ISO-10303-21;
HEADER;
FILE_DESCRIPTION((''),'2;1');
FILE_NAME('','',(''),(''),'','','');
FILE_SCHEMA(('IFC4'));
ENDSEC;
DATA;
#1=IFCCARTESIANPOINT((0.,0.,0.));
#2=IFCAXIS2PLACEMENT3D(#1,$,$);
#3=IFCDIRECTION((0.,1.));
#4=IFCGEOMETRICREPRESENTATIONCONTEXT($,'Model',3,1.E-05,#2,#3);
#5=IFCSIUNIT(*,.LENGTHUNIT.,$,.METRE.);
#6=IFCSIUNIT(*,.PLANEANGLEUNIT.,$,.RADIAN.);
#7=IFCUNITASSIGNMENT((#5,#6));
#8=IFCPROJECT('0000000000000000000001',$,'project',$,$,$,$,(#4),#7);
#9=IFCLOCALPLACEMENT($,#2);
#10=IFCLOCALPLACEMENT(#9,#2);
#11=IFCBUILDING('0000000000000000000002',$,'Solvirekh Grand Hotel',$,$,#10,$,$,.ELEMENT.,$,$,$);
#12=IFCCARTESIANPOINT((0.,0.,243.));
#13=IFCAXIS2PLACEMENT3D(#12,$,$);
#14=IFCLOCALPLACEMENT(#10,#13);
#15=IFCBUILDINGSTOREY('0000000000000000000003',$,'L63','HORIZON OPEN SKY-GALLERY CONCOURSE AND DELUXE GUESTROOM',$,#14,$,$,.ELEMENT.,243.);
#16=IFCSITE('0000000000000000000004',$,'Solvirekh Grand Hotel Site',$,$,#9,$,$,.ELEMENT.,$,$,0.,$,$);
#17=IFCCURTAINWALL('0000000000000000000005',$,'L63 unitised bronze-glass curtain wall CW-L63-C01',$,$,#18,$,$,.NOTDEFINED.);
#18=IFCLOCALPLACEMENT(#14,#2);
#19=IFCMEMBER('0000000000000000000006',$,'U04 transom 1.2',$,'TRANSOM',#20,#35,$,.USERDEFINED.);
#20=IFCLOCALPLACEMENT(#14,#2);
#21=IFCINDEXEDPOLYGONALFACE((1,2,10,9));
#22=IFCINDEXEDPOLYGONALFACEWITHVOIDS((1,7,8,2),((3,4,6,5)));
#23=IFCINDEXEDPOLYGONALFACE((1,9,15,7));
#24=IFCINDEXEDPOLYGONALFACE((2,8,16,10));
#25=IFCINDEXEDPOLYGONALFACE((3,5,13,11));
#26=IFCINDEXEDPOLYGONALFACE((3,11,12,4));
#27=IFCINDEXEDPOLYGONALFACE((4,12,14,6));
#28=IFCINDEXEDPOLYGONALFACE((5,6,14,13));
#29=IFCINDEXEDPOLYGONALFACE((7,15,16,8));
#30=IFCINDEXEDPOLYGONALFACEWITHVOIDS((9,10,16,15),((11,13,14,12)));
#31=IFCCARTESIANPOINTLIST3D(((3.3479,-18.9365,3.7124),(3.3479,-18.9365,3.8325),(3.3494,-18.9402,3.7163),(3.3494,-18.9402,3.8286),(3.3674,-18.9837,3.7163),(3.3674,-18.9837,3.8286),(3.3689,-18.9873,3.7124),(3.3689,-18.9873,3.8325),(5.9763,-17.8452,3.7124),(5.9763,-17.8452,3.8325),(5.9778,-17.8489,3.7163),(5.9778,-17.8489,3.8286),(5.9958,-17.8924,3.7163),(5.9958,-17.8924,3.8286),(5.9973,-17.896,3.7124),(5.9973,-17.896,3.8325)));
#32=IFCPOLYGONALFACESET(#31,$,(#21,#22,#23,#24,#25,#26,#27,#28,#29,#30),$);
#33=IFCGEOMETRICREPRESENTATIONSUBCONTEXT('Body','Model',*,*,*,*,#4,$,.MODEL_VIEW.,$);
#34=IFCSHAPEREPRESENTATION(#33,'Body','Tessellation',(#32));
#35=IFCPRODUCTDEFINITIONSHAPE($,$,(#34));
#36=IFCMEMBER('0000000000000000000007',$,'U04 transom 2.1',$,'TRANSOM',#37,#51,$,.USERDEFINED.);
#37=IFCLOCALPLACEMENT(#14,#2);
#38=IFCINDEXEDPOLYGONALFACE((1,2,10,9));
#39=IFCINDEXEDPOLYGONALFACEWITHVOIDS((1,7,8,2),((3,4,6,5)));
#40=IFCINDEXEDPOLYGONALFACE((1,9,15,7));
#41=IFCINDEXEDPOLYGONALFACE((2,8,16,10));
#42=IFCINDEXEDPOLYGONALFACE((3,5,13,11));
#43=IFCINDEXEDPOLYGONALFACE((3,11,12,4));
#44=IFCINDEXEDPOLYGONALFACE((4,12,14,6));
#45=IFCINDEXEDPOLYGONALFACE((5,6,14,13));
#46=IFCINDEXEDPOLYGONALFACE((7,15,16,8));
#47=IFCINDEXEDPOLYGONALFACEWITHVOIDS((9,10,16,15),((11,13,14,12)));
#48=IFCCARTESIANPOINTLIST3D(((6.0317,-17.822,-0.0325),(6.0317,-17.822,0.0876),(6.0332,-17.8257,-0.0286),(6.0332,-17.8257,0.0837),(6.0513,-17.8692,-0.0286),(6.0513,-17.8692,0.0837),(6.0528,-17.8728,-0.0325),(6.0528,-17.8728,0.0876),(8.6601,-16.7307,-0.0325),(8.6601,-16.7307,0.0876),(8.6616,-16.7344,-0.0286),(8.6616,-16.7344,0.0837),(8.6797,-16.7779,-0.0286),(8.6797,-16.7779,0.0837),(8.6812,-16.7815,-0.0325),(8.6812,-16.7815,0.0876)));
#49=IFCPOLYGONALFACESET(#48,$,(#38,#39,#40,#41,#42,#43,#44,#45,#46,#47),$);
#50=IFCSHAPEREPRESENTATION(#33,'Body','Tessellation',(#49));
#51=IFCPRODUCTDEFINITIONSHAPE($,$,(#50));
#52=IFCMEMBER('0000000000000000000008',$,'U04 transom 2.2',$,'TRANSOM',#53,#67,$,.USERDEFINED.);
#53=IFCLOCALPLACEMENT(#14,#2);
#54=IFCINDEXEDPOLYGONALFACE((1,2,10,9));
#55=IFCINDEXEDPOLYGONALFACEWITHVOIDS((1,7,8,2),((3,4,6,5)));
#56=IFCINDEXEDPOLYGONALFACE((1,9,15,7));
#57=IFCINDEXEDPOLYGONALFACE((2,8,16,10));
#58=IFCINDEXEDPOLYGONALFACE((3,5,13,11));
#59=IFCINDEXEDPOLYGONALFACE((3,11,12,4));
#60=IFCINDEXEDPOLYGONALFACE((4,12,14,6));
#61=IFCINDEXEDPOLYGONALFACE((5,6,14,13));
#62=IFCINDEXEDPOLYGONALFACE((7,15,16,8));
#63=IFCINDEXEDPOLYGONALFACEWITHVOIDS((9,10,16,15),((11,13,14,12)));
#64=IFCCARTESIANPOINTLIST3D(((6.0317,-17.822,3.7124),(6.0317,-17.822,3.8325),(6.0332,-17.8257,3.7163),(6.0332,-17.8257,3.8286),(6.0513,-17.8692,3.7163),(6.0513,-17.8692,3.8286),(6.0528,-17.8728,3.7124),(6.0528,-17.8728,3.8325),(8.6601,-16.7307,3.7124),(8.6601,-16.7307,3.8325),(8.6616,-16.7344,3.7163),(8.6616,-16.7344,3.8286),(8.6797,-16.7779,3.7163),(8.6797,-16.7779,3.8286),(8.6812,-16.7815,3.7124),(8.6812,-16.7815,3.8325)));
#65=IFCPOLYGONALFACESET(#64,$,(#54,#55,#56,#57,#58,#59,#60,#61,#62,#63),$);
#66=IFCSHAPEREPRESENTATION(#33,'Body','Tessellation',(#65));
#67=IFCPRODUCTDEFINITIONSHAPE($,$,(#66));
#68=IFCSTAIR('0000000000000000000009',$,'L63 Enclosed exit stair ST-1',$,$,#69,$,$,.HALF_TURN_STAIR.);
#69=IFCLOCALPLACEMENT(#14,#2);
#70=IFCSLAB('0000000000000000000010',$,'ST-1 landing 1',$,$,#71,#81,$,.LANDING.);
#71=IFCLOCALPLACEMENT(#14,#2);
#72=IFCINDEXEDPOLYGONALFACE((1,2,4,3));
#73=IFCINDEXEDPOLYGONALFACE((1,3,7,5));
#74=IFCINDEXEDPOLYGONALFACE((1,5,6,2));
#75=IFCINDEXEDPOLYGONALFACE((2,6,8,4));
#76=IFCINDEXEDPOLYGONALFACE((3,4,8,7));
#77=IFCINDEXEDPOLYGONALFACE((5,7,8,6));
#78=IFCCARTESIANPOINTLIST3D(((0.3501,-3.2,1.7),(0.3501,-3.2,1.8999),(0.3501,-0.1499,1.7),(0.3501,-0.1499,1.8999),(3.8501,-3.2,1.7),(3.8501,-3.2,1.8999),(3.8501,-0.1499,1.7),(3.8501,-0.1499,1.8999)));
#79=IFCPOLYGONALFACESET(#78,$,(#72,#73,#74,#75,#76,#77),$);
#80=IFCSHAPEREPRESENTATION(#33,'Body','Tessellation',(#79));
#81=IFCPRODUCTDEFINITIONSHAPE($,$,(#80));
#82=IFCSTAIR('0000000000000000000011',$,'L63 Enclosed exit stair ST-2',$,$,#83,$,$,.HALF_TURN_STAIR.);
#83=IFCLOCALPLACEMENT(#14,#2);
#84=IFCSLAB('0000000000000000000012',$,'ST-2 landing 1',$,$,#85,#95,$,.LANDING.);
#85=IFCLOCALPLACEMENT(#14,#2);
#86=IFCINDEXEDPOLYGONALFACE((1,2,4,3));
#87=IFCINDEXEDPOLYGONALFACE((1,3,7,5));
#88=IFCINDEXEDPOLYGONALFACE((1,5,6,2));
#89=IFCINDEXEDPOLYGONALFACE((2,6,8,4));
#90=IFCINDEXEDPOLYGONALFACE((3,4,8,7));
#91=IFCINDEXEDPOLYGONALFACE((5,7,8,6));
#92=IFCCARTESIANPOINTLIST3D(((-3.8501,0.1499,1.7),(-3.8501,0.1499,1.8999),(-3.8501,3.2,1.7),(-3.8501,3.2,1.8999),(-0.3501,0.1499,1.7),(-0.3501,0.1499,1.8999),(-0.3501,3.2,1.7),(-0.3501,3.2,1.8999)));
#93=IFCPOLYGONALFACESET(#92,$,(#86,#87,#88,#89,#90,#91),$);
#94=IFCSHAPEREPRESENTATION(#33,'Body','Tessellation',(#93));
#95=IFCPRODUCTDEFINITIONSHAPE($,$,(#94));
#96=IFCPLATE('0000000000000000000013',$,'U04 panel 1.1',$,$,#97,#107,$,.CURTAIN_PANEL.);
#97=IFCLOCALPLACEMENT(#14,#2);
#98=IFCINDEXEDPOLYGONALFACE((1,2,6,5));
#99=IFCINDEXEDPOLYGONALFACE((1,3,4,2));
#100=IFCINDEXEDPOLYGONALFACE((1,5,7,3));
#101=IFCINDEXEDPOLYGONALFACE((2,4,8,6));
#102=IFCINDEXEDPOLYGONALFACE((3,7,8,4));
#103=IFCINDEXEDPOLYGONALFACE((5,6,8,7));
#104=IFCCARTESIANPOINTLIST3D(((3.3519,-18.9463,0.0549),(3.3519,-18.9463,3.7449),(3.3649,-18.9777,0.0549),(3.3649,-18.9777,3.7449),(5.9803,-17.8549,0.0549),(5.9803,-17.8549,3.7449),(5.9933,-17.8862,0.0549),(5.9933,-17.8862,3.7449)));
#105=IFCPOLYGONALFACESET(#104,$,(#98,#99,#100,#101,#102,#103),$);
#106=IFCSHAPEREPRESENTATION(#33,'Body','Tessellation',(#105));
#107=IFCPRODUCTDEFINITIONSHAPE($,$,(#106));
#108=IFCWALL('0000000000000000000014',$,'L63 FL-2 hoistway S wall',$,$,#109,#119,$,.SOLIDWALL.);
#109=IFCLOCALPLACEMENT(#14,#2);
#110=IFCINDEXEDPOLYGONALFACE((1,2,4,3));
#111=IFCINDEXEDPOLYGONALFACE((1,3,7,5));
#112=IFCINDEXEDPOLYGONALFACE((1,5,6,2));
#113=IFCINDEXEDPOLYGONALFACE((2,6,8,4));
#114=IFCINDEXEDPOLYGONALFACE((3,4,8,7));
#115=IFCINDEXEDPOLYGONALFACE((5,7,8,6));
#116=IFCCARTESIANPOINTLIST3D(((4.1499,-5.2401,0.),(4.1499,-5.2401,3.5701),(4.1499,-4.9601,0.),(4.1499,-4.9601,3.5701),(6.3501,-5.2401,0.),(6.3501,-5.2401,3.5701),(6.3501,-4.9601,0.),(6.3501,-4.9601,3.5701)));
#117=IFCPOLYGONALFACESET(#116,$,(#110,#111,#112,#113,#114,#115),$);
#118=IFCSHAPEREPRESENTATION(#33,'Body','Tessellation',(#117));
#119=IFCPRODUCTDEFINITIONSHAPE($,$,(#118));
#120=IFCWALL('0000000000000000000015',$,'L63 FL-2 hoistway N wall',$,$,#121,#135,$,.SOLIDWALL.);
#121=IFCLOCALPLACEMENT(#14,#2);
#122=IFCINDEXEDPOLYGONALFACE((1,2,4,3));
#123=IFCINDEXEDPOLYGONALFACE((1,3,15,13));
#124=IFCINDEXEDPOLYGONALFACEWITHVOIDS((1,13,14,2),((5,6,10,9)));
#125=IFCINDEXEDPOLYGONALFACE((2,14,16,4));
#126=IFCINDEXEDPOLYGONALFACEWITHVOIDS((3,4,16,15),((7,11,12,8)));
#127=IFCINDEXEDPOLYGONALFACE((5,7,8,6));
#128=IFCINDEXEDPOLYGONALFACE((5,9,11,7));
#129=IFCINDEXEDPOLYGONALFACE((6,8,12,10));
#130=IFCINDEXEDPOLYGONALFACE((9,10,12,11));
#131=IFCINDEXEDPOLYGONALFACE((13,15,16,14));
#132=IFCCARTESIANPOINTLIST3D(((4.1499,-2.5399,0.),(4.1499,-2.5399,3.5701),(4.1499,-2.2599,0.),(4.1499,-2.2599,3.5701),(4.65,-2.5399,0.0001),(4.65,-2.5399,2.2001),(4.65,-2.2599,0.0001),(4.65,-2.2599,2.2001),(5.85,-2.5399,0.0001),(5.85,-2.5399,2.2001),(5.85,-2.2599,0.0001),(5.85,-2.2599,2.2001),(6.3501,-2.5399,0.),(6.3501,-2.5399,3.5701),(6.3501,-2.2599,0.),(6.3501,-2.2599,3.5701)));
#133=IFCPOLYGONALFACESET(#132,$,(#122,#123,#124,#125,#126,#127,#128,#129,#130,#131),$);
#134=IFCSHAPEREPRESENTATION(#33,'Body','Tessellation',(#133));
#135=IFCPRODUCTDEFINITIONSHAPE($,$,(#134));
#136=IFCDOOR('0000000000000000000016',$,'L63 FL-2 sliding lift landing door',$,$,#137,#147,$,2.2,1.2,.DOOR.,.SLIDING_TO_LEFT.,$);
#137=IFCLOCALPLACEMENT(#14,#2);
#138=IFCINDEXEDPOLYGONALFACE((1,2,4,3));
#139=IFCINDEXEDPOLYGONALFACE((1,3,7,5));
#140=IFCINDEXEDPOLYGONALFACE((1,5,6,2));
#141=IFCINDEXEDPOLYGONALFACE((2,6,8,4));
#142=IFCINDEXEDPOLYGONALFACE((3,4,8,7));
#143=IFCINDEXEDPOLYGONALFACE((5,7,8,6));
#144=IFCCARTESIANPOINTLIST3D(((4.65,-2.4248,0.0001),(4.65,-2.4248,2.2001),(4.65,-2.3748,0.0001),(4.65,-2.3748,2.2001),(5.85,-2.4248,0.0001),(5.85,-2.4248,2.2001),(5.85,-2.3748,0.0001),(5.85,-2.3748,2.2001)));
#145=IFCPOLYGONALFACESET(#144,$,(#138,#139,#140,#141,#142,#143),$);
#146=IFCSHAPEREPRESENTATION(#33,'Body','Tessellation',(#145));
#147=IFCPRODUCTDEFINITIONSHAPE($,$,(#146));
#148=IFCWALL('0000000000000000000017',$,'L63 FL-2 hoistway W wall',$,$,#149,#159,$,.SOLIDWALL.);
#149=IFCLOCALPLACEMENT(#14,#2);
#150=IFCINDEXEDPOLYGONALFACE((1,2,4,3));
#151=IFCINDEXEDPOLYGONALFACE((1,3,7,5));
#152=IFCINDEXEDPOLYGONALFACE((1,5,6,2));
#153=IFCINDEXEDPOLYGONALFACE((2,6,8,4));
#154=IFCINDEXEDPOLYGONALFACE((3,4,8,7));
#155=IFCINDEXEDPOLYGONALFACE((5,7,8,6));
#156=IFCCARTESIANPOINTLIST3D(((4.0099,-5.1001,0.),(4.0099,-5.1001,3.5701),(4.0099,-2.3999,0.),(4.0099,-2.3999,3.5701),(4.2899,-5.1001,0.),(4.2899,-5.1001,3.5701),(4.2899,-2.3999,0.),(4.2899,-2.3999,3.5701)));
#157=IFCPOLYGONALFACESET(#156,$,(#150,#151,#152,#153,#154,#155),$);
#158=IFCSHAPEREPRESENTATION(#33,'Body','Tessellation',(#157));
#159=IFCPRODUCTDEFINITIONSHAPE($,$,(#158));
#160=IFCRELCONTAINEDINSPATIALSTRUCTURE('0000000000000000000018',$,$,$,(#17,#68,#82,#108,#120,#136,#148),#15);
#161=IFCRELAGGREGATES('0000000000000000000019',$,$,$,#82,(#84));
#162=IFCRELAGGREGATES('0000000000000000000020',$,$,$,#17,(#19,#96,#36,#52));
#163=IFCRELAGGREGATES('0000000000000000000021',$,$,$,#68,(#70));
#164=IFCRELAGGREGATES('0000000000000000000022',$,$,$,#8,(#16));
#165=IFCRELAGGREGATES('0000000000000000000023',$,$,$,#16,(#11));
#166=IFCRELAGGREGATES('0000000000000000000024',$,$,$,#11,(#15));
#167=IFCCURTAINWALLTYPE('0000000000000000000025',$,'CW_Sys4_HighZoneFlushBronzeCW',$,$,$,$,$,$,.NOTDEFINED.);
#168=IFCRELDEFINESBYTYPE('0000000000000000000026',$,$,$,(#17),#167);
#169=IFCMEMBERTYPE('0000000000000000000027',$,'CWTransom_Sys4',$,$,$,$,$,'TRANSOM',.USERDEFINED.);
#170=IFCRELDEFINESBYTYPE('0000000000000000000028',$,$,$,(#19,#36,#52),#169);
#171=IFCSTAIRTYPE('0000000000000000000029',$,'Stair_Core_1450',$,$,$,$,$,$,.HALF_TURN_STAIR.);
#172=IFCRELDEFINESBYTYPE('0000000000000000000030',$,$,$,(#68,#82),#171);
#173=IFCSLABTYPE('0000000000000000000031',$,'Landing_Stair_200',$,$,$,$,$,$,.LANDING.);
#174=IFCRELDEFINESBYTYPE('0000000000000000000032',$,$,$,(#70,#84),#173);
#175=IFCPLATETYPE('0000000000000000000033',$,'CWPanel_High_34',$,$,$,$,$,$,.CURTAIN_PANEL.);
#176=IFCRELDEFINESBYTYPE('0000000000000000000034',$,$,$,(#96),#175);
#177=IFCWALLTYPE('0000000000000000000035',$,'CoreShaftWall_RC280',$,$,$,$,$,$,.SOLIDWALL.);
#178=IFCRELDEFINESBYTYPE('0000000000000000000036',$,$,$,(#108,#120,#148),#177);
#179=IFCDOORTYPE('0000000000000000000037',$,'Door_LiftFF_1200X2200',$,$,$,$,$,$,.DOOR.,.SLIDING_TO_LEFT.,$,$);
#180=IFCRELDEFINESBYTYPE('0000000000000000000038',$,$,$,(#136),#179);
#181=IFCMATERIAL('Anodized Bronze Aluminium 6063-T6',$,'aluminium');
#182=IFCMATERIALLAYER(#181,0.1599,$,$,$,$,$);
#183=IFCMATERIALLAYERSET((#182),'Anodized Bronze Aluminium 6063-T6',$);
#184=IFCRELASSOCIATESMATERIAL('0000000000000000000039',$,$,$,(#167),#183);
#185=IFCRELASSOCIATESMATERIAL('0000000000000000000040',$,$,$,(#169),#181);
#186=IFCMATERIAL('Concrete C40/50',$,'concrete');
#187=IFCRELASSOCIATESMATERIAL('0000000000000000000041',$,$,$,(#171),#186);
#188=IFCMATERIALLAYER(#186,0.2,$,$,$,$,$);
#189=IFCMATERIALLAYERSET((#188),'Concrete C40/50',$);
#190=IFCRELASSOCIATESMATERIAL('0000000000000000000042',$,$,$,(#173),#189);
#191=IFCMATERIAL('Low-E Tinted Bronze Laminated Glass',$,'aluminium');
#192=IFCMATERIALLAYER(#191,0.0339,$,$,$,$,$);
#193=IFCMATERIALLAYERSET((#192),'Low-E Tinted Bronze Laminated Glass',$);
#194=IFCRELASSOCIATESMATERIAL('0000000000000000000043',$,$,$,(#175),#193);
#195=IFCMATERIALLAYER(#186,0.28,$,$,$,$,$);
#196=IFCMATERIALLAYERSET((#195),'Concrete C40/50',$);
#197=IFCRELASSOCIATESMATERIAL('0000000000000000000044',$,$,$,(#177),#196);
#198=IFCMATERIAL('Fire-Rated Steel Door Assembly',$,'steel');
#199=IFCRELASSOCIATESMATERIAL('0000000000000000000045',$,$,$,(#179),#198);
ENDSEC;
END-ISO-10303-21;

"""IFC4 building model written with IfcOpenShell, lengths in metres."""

from ifc_helpers import new_model, si_unit, direction, frame, frame_2d, origin, origin_2d, place, context, subcontext, project, spatial, polyline, rectangle, hollow_rectangle, outline, extrude, source, transform, mapped, material, layer, layer_set, material_profile, profile_set, type_object, element, fill, aggregate, save


model = new_model("IFC4")

# Units and contexts
model_context = context("Model", 3, precision=1e-05, world=origin(), true_north=direction((0.0, 1.0)))
body_context = subcontext(model_context, "Body", "Model", "MODEL_VIEW")
ifc_project = project(units=[si_unit("LENGTHUNIT", "METRE"), si_unit("PLANEANGLEUNIT", "RADIAN")], contexts=[model_context])

# Site, building, storey
site_placement = place(None, origin())
site = spatial("IfcSite", under=ifc_project, at=site_placement, Name="Solvirekh Grand Hotel Site", CompositionType="ELEMENT", RefElevation=0.0)
building_placement = place(site_placement, origin())
building = spatial("IfcBuilding", under=site, at=building_placement, Name="Solvirekh Grand Hotel", CompositionType="ELEMENT")
storey_placement = place(building_placement, frame((0.0, 0.0, 243.0)))
storey = spatial("IfcBuildingStorey", under=building, at=storey_placement, Name="L63", Description="HORIZON OPEN SKY-GALLERY CONCOURSE AND DELUXE GUESTROOM", CompositionType="ELEMENT", Elevation=243.0)

# Curtain wall, members
ifc_material_1 = material(Name="Anodized Bronze Aluminium 6063-T6", Category="aluminium")
ifc_layer_1 = layer(ifc_material_1, 0.1599)
ifc_layer_set_1 = layer_set([ifc_layer_1], Name="Anodized Bronze Aluminium 6063-T6")
curtain_wall_type = type_object("IfcCurtainWallType", Name="CW_Sys4_HighZoneFlushBronzeCW", PredefinedType="NOTDEFINED", material=ifc_layer_set_1)
curtain_wall_placement = place(storey_placement, origin())
curtain_wall = element("IfcCurtainWall", 1, at=curtain_wall_placement, inside=storey, type_object=curtain_wall_type, Name="L63 unitised bronze-glass curtain wall CW-L63-C01", PredefinedType="NOTDEFINED")
ifc_material_profile_1 = material_profile(ifc_material_1, hollow_rectangle(XDim=0.0549, YDim=0.1201, WallThickness=0.0039, at=origin_2d()), Name="ALU RHS 120X55X4")
ifc_profile_set_1 = profile_set([ifc_material_profile_1], Name="Anodized Bronze Aluminium 6063-T6")
member_type_1 = type_object("IfcMemberType", Name="CWTransom_Sys4", ElementType="TRANSOM", PredefinedType="USERDEFINED", material=ifc_profile_set_1)
shared_shape_1 = source(origin(), body_context, "Body", "SweptSolid", [
    extrude(hollow_rectangle(XDim=0.0549, YDim=0.1201, WallThickness=0.0039, at=origin_2d()), origin(), (0.0, 0.0, 1.0), 2.8459),
])
member_1_placement = place(storey_placement, frame((3.3584, -18.9619, 3.7725), z_axis=(0.923558, 0.383458, 0.0), x_axis=(-0.383458, 0.923558, 0.0)))
member_1 = element("IfcMember", 2, at=member_1_placement, type_object=member_type_1, Name="U04 transom 1.2", ObjectType="TRANSOM", PredefinedType="USERDEFINED", context=body_context, shape_type="MappedRepresentation", body=[
    mapped(shared_shape_1, transform((0.0, 0.0, 0.0), x_axis=(1.0, 0.0, 0.0), y_axis=(0.0, 1.0, 0.0), z_axis=(0.0, 0.0, 1.0), scale=1.0)),
])
member_2_placement = place(storey_placement, frame((6.0422, -17.8474, 0.0276), z_axis=(0.923558, 0.383458, 0.0), x_axis=(-0.383458, 0.923558, 0.0)))
member_2 = element("IfcMember", 3, at=member_2_placement, type_object=member_type_1, Name="U04 transom 2.1", ObjectType="TRANSOM", PredefinedType="USERDEFINED", context=body_context, shape_type="MappedRepresentation", body=[
    mapped(shared_shape_1, transform((0.0, 0.0, 0.0), x_axis=(1.0, 0.0, 0.0), y_axis=(0.0, 1.0, 0.0), z_axis=(0.0, 0.0, 1.0), scale=1.0)),
])
member_3_placement = place(storey_placement, frame((6.0422, -17.8474, 3.7725), z_axis=(0.923558, 0.383458, 0.0), x_axis=(-0.383458, 0.923558, 0.0)))
member_3 = element("IfcMember", 4, at=member_3_placement, type_object=member_type_1, Name="U04 transom 2.2", ObjectType="TRANSOM", PredefinedType="USERDEFINED", context=body_context, shape_type="MappedRepresentation", body=[
    mapped(shared_shape_1, transform((0.0, 0.0, 0.0), x_axis=(1.0, 0.0, 0.0), y_axis=(0.0, 1.0, 0.0), z_axis=(0.0, 0.0, 1.0), scale=1.0)),
])

# Stairs, slabs
ifc_material_2 = material(Name="Concrete C40/50", Category="concrete")
stair_type = type_object("IfcStairType", Name="Stair_Core_1450", PredefinedType="HALF_TURN_STAIR", material=ifc_material_2)
stair_1_placement = place(storey_placement, origin())
stair_1 = element("IfcStair", 5, at=stair_1_placement, inside=storey, type_object=stair_type, Name="L63 Enclosed exit stair ST-1", PredefinedType="HALF_TURN_STAIR")
ifc_layer_2 = layer(ifc_material_2, 0.2)
ifc_layer_set_2 = layer_set([ifc_layer_2], Name="Concrete C40/50")
slab_type = type_object("IfcSlabType", Name="Landing_Stair_200", PredefinedType="LANDING", material=ifc_layer_set_2)
slab_1_placement = place(storey_placement, frame((0.0, 0.0, 1.7)))
slab_1 = element("IfcSlab", 6, at=slab_1_placement, type_object=slab_type, Name="ST-1 landing 1", PredefinedType="LANDING", context=body_context, shape_type="SweptSolid", body=[
    extrude(outline(polyline([(0.3501, -3.2), (3.8501, -3.2), (3.8501, -0.1499), (0.3501, -0.1499), (0.3501, -3.2)])), origin(), (0.0, 0.0, 1.0), 0.2),
])
stair_2_placement = place(storey_placement, origin())
stair_2 = element("IfcStair", 7, at=stair_2_placement, inside=storey, type_object=stair_type, Name="L63 Enclosed exit stair ST-2", PredefinedType="HALF_TURN_STAIR")
slab_2_placement = place(storey_placement, frame((0.0, 0.0, 1.7)))
slab_2 = element("IfcSlab", 8, at=slab_2_placement, type_object=slab_type, Name="ST-2 landing 1", PredefinedType="LANDING", context=body_context, shape_type="SweptSolid", body=[
    extrude(outline(polyline([(-0.3501, 3.2), (-3.8501, 3.2), (-3.8501, 0.1499), (-0.3501, 0.1499), (-0.3501, 3.2)])), origin(), (0.0, 0.0, 1.0), 0.2),
])
aggregate(stair_2, [slab_2])

# Plate
ifc_material_3 = material(Name="Low-E Tinted Bronze Laminated Glass", Category="aluminium")
ifc_layer_3 = layer(ifc_material_3, 0.0339)
ifc_layer_set_3 = layer_set([ifc_layer_3], Name="Low-E Tinted Bronze Laminated Glass")
plate_type = type_object("IfcPlateType", Name="CWPanel_High_34", PredefinedType="CURTAIN_PANEL", material=ifc_layer_set_3)
shared_shape_2 = source(origin(), body_context, "Body", "SweptSolid", [
    extrude(rectangle(XDim=2.8459, YDim=0.0339, at=origin_2d()), origin(), (0.0, 0.0, 1.0), 3.6899),
])
plate_placement = place(storey_placement, frame((4.6726, -18.4163, 0.0549), z_axis=(0.0, 0.0, 1.0), x_axis=(0.923535, 0.383515, 0.0)))
plate = element("IfcPlate", 9, at=plate_placement, type_object=plate_type, Name="U04 panel 1.1", PredefinedType="CURTAIN_PANEL", context=body_context, shape_type="MappedRepresentation", body=[
    mapped(shared_shape_2, transform((0.0, 0.0, 0.0), x_axis=(1.0, 0.0, 0.0), y_axis=(0.0, 1.0, 0.0), z_axis=(0.0, 0.0, 1.0), scale=1.0)),
])
aggregate(curtain_wall, [member_1, plate, member_2, member_3])

# Wall
ifc_layer_4 = layer(ifc_material_2, 0.28)
ifc_layer_set_4 = layer_set([ifc_layer_4], Name="Concrete C40/50")
wall_type_1 = type_object("IfcWallType", Name="CoreShaftWall_RC280", PredefinedType="SOLIDWALL", material=ifc_layer_set_4)
wall_1_placement = place(storey_placement, frame((4.1499, -5.1001, 0.0), z_axis=(0.0, 0.0, 1.0), x_axis=(1.0, 0.0, 0.0)))
element("IfcWall", 10, at=wall_1_placement, inside=storey, type_object=wall_type_1, Name="L63 FL-2 hoistway S wall", PredefinedType="SOLIDWALL", context=body_context, shape_type="SweptSolid", body=[
    extrude(rectangle(XDim=2.2002, YDim=0.28, at=frame_2d((1.1001, 0.0))), origin(), (0.0, 0.0, 1.0), 3.5701),
])

# Wall, opening, door
wall_2_placement = place(storey_placement, frame((6.3501, -2.3999, 0.0), z_axis=(0.0, 0.0, 1.0), x_axis=(-1.0, 0.0, 0.0)))
wall_2 = element("IfcWall", 11, at=wall_2_placement, inside=storey, type_object=wall_type_1, Name="L63 FL-2 hoistway N wall", PredefinedType="SOLIDWALL", context=body_context, shape_type="SweptSolid", body=[
    extrude(rectangle(XDim=2.2002, YDim=0.28, at=frame_2d((1.1001, 0.0))), origin(), (0.0, 0.0, 1.0), 3.5701),
])
opening_1_placement = place(wall_2_placement, frame((0.5, 0.0, 0.0)))
opening_1 = element("IfcOpeningElement", 12, at=opening_1_placement, cuts=wall_2, PredefinedType="OPENING", context=body_context, shape_type="SweptSolid", body=[
    extrude(rectangle(XDim=1.2, YDim=2.2, at=frame_2d((0.6001, 1.1001))), frame((0.0, 0.1499, 0.0), z_axis=(0.0, -1.0, 0.0), x_axis=(1.0, 0.0, 0.0)), (0.0, 0.0, 1.0), 0.3),
])
ifc_material_4 = material(Name="Fire-Rated Steel Door Assembly", Category="steel")
door_type_1 = type_object("IfcDoorType", Name="Door_LiftFF_1200X2200", OperationType="SLIDING_TO_LEFT", PredefinedType="DOOR", material=ifc_material_4)
door_1_placement = place(opening_1_placement, origin())
door_1 = element("IfcDoor", 13, at=door_1_placement, inside=storey, type_object=door_type_1, Name="L63 FL-2 sliding lift landing door", OperationType="SLIDING_TO_LEFT", OverallHeight=2.2, OverallWidth=1.2, PredefinedType="DOOR", context=body_context, shape_type="SweptSolid", body=[
    extrude(rectangle(XDim=1.2, YDim=2.2, at=frame_2d((0.6001, 1.1001))), frame((0.0, 0.0249, 0.0), z_axis=(0.0, -1.0, 0.0), x_axis=(1.0, 0.0, 0.0)), (0.0, 0.0, 1.0), 0.05),
])
fill(opening_1, door_1)

# Wall
wall_3_placement = place(storey_placement, frame((4.1499, -2.3999, 0.0), z_axis=(0.0, 0.0, 1.0), x_axis=(0.0, -1.0, 0.0)))
element("IfcWall", 14, at=wall_3_placement, inside=storey, type_object=wall_type_1, Name="L63 FL-2 hoistway W wall", PredefinedType="SOLIDWALL", context=body_context, shape_type="SweptSolid", body=[
    extrude(rectangle(XDim=2.7002, YDim=0.28, at=frame_2d((1.3501, 0.0))), origin(), (0.0, 0.0, 1.0), 3.5701),
])

aggregate(stair_1, [slab_1])

save(model, "model.ifc")
